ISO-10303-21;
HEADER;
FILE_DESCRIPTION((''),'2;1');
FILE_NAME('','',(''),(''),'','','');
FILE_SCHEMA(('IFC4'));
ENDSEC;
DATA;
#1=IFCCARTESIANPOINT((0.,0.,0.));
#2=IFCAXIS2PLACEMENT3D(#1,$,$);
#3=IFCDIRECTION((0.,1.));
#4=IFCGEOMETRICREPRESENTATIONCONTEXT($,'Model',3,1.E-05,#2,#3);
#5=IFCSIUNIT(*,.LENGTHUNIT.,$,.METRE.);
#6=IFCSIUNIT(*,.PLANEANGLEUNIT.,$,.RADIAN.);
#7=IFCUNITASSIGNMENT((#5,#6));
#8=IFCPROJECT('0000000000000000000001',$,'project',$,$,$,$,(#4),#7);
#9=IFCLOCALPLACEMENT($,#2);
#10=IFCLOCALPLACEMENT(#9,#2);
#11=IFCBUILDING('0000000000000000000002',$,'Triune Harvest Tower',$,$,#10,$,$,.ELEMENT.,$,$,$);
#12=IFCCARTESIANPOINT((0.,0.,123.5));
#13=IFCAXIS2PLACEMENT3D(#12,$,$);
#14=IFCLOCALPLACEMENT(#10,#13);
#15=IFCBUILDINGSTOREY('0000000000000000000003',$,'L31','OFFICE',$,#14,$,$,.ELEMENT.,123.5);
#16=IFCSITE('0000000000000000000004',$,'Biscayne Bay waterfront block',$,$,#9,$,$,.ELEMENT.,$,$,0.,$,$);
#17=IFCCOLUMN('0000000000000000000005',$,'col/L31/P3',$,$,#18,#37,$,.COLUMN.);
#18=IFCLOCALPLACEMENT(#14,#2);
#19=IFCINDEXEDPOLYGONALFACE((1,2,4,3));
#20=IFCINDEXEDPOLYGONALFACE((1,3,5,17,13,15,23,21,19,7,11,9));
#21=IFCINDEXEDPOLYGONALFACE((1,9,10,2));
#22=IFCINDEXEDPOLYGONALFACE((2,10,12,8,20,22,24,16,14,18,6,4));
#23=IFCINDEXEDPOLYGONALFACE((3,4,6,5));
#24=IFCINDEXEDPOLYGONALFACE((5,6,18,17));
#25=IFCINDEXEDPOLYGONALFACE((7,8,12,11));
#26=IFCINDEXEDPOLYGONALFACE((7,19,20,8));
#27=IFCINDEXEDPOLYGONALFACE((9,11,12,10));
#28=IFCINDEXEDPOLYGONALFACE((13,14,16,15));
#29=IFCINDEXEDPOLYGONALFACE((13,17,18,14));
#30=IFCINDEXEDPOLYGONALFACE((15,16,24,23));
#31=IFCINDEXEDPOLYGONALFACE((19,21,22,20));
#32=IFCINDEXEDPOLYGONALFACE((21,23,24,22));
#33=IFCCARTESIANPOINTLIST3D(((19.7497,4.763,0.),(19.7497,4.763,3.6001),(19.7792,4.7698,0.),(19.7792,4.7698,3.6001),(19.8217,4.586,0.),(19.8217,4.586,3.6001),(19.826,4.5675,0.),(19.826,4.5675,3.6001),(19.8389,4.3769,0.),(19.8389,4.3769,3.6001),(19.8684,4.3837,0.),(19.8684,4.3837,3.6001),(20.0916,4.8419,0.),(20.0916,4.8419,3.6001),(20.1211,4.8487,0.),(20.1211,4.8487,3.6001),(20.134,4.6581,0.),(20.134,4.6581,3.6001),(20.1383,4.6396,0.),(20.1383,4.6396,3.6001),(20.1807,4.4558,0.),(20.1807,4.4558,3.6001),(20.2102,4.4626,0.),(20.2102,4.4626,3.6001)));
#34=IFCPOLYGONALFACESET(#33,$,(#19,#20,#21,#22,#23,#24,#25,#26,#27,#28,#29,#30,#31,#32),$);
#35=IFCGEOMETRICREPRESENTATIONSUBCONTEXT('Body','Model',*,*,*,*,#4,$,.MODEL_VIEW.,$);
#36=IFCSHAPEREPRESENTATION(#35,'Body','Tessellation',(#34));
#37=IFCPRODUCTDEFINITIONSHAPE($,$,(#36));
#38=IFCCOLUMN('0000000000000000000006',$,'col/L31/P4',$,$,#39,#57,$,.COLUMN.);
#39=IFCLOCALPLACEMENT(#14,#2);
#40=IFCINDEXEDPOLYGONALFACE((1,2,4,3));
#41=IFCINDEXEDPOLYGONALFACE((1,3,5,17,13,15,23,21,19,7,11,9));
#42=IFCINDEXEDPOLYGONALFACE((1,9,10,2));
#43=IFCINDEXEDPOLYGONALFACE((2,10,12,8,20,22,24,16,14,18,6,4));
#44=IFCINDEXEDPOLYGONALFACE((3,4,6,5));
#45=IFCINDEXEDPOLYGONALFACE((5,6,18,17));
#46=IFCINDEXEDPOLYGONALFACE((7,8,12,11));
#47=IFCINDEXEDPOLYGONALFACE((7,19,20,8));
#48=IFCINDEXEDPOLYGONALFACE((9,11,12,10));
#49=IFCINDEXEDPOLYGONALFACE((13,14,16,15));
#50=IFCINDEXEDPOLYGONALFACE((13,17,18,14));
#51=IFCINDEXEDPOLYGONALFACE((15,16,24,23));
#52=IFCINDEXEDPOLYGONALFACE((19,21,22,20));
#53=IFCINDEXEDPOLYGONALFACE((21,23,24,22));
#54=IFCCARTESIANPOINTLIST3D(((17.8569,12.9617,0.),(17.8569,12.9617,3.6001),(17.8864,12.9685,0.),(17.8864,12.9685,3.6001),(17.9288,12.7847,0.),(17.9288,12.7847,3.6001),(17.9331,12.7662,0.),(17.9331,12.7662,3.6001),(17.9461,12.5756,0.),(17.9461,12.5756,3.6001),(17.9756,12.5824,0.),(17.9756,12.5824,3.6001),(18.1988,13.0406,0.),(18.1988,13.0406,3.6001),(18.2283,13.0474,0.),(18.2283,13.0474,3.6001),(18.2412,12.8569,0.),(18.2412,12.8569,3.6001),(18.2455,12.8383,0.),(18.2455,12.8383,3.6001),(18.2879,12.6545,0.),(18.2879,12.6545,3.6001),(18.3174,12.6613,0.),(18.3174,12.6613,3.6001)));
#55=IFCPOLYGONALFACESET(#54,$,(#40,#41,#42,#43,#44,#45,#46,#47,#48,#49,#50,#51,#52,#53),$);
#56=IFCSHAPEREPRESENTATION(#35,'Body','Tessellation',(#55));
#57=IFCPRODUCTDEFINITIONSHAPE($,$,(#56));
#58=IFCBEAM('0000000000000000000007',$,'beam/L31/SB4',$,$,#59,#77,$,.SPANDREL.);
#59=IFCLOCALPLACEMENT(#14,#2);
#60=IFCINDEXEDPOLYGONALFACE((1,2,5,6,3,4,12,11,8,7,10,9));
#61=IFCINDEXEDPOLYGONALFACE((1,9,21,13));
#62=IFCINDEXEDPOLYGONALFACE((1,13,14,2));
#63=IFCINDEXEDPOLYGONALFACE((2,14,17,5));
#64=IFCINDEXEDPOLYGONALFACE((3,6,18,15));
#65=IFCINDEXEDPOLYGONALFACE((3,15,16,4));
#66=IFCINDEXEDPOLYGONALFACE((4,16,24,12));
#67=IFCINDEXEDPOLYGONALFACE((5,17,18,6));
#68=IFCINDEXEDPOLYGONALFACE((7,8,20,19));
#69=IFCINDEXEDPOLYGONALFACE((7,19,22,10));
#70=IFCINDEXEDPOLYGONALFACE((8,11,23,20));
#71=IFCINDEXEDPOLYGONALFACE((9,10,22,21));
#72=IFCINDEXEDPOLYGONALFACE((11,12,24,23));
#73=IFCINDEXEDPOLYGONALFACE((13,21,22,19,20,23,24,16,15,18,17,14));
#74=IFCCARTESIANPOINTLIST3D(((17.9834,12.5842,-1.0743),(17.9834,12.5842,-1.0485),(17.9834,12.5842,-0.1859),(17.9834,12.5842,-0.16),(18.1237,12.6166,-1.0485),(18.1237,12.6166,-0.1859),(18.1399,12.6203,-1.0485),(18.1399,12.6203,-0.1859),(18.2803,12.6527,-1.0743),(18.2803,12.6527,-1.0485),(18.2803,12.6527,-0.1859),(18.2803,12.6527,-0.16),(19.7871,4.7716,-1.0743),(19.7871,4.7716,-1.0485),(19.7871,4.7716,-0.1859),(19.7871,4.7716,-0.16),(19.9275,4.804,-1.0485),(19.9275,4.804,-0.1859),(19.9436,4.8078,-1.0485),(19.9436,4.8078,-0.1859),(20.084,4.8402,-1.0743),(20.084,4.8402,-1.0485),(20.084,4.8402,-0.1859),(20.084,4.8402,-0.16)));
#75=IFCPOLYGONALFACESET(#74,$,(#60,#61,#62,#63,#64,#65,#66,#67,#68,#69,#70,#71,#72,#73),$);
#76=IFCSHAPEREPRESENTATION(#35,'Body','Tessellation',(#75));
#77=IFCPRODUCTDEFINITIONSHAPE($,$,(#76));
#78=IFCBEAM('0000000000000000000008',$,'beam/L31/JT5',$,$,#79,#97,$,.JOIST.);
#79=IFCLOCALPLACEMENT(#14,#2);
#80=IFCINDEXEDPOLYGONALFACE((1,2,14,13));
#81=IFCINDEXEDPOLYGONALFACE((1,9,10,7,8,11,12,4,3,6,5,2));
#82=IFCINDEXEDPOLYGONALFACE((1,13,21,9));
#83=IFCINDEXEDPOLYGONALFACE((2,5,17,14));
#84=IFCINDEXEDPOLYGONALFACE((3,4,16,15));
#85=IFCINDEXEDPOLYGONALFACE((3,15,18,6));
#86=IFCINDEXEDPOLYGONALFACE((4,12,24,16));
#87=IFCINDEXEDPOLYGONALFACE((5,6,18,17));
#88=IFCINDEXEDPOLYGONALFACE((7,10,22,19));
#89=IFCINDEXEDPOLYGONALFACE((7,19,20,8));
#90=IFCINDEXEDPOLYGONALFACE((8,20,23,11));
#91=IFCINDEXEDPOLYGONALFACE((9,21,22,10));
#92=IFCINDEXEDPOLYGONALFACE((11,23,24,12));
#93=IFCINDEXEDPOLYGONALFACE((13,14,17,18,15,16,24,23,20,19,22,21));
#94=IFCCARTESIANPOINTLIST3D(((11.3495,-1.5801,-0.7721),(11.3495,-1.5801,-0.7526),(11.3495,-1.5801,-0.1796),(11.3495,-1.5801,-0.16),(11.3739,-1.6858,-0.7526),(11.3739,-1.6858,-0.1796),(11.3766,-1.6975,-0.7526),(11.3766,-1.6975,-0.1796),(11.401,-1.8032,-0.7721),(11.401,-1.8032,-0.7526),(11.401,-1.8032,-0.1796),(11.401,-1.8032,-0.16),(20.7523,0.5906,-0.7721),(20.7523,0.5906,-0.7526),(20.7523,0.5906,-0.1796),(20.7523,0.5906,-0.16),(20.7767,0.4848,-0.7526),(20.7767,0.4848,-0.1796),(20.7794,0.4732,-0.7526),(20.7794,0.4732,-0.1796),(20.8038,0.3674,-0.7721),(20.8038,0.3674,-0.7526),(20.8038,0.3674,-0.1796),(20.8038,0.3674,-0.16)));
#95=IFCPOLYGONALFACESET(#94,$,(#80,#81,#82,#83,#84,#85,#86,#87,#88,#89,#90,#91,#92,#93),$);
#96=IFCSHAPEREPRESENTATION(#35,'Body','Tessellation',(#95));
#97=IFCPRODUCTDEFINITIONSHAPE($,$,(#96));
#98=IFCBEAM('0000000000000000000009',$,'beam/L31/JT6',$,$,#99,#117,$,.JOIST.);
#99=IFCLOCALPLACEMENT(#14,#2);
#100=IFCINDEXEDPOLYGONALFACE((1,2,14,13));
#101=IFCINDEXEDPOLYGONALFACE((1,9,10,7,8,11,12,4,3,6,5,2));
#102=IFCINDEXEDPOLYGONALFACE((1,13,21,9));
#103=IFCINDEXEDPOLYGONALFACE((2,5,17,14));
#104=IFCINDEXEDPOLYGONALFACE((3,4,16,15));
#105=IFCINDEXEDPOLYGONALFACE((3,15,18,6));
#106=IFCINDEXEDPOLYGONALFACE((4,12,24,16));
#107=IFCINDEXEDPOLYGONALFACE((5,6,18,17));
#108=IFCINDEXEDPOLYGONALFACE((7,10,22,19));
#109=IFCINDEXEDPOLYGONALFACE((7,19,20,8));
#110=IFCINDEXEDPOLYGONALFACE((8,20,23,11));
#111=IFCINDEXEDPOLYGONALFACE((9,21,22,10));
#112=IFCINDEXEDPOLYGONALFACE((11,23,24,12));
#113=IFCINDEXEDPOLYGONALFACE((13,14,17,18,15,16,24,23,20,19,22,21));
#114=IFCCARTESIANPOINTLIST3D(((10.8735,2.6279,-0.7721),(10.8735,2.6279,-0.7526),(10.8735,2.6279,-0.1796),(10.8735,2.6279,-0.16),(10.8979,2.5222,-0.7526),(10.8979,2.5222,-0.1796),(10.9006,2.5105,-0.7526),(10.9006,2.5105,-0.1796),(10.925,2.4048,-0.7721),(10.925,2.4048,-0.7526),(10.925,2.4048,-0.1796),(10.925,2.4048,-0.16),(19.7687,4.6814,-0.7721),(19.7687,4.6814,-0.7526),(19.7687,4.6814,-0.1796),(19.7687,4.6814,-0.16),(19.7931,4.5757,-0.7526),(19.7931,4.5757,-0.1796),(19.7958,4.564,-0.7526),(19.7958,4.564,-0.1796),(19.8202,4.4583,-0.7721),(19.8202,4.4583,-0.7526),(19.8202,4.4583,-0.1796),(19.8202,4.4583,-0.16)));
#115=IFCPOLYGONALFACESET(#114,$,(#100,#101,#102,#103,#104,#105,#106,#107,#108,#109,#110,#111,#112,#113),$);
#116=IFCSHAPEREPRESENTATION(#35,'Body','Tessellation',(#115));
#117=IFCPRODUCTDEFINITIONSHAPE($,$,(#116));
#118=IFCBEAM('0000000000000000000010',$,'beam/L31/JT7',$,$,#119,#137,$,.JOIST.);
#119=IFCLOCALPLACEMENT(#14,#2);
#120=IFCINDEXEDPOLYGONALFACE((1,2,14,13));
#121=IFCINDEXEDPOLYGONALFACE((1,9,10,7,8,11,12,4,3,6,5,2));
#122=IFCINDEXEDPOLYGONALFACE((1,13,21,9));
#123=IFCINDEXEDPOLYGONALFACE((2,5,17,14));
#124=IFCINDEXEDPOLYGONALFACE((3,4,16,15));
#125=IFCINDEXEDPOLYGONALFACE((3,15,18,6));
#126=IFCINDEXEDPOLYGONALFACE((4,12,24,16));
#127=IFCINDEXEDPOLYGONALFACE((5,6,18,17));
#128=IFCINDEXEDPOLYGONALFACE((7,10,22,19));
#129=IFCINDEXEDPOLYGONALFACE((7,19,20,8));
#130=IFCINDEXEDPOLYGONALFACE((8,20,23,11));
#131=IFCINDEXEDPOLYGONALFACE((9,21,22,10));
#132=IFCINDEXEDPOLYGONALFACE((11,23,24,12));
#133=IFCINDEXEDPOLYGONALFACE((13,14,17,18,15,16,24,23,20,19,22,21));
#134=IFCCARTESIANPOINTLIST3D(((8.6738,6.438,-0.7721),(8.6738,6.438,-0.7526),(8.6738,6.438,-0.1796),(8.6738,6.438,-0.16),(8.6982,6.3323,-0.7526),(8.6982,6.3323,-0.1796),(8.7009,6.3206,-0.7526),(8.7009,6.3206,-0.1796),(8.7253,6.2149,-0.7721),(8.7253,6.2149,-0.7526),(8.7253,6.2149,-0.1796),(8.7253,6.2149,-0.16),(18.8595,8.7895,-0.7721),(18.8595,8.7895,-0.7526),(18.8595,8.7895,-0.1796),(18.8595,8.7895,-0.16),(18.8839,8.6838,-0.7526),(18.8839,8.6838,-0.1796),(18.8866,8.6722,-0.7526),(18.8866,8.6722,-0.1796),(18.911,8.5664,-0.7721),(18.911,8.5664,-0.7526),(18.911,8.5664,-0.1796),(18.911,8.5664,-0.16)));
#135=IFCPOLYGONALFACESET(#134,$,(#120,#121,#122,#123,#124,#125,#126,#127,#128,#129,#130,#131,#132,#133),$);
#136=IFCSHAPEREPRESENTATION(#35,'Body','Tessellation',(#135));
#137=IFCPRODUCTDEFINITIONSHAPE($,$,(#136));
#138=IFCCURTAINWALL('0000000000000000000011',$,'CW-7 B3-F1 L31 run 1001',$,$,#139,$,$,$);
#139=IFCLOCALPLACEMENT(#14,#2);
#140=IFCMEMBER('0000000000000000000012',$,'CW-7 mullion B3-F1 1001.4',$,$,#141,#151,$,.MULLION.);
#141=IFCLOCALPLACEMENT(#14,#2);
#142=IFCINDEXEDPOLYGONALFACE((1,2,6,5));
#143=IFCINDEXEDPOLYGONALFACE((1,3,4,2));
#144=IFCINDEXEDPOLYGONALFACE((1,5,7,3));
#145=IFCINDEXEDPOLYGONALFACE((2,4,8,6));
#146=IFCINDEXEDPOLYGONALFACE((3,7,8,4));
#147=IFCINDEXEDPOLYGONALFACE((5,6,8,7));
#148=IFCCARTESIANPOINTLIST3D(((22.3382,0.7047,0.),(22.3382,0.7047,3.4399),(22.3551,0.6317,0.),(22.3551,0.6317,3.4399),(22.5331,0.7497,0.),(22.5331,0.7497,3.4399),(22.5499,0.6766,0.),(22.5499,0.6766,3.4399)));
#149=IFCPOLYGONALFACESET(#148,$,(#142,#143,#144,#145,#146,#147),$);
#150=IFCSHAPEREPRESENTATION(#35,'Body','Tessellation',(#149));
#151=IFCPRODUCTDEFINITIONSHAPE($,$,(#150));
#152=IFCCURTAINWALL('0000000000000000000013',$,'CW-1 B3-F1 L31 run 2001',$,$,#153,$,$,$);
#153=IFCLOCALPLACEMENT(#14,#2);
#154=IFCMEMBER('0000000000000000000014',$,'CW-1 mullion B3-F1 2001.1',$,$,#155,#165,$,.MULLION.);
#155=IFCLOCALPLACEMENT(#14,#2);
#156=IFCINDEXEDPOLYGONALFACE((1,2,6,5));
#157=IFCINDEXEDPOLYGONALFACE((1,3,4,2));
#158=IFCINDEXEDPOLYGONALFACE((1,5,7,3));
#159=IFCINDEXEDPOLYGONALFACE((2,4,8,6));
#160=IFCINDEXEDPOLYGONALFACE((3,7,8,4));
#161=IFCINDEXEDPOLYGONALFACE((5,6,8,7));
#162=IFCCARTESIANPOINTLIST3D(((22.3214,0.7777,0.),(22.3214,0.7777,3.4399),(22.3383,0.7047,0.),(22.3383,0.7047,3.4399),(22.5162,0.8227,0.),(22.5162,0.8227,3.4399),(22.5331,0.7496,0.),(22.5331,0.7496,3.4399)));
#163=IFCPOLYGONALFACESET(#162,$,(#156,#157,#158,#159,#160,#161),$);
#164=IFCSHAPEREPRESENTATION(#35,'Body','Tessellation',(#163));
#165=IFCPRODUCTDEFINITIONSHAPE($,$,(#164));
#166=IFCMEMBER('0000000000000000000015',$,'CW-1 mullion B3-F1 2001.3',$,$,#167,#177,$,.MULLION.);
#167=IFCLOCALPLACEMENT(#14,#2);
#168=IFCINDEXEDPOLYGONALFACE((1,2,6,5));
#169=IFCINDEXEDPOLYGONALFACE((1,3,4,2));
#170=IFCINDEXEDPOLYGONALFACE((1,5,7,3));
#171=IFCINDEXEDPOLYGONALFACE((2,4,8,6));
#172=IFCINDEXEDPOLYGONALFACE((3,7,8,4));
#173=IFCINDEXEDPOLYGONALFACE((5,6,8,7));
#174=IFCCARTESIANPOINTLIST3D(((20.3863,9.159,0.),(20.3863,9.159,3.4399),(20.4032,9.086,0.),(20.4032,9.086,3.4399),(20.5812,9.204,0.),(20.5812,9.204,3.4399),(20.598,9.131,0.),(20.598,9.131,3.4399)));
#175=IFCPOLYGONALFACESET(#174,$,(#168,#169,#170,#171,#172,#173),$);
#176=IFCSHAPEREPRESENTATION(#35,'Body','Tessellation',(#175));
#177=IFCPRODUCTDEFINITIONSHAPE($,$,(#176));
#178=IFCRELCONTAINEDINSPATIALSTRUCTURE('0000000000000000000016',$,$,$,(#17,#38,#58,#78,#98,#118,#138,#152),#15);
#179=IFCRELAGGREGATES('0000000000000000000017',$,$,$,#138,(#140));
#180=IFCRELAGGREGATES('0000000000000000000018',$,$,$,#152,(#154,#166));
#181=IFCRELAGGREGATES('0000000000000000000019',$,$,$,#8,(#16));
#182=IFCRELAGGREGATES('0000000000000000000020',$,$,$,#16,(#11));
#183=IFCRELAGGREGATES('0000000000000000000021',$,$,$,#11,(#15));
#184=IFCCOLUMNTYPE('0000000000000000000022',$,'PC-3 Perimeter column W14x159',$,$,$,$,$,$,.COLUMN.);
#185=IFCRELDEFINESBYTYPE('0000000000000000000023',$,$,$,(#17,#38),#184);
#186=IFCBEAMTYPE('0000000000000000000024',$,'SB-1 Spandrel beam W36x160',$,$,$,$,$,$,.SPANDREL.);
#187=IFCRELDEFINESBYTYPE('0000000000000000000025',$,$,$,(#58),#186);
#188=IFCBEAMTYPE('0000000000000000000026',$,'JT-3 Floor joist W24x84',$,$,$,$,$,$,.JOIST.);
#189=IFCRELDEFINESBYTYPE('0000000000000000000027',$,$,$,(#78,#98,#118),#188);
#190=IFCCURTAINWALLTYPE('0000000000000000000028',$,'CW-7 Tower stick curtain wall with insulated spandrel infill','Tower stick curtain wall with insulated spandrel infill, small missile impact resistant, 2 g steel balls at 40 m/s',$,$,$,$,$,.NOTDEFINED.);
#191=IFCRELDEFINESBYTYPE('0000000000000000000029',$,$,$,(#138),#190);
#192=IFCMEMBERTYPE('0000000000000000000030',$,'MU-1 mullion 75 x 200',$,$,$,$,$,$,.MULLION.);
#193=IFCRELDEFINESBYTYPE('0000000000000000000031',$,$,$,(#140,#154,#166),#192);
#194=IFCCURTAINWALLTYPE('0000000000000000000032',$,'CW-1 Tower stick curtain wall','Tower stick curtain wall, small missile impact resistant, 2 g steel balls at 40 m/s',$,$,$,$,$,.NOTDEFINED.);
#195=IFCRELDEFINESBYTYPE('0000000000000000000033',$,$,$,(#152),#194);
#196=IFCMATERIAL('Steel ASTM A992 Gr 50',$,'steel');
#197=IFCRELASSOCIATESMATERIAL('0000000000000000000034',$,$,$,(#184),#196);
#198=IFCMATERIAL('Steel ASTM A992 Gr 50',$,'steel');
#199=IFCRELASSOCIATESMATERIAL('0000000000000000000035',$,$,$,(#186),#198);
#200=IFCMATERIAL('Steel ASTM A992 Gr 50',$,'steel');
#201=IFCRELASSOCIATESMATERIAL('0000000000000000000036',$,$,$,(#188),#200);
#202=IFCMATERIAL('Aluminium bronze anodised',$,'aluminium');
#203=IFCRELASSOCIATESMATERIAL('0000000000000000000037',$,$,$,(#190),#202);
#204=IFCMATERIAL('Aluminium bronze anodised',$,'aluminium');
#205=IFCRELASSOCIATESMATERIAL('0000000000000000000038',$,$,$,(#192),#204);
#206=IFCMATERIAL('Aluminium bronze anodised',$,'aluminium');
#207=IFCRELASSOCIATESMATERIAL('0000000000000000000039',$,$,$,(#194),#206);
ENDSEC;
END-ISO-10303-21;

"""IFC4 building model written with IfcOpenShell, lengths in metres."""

from ifc_helpers import new_model, si_unit, direction, frame, origin, origin_2d, place, context, subcontext, project, spatial, rectangle, i_section, extrude, source, transform, mapped, material, material_profile, profile_set, type_object, element, aggregate, save


model = new_model("IFC4")

# Units and contexts
model_context = context("Model", 3, precision=1e-05, world=origin(), true_north=direction((0.0, 1.0)))
body_context = subcontext(model_context, "Body", "Model", "MODEL_VIEW")
ifc_project = project(units=[si_unit("LENGTHUNIT", "METRE"), si_unit("PLANEANGLEUNIT", "RADIAN")], contexts=[model_context])

# Site, building, storey
site_placement = place(None, origin())
site = spatial("IfcSite", under=ifc_project, at=site_placement, Name="Biscayne Bay waterfront block", CompositionType="ELEMENT", RefElevation=0.0)
building_placement = place(site_placement, origin())
building = spatial("IfcBuilding", under=site, at=building_placement, Name="Triune Harvest Tower", CompositionType="ELEMENT")
storey_placement = place(building_placement, frame((0.0, 0.0, 123.5)))
storey = spatial("IfcBuildingStorey", under=building, at=storey_placement, Name="L31", Description="OFFICE", CompositionType="ELEMENT", Elevation=123.5)

# Columns
ifc_material_1 = material(Name="Steel ASTM A992 Gr 50", Category="steel")
ifc_material_profile_1 = material_profile(ifc_material_1, i_section(OverallWidth=0.3962, OverallDepth=0.3811, WebThickness=0.019, FlangeThickness=0.0303, at=origin_2d()), Name="W14x159")
ifc_profile_set_1 = profile_set([ifc_material_profile_1], Name="Steel ASTM A992 Gr 50")
column_type = type_object("IfcColumnType", Name="PC-3 Perimeter column W14x159", PredefinedType="COLUMN", material=ifc_profile_set_1)
shared_shape_1 = source(origin(), body_context, "Body", "SweptSolid", [
    extrude(i_section(OverallWidth=0.3962, OverallDepth=0.3811, WebThickness=0.019, FlangeThickness=0.0303, at=origin_2d()), origin(), (0.0, 0.0, 1.0), 3.6001),
])
for number, where, z_axis, x_axis, name in (
    (1, (19.98, 4.6128, 0.0), (0.0, 0.0, 1.0), (-0.224953, 0.97437, 0.0), "col/L31/P3"),
    (2, (18.0872, 12.8115, 0.0), (0.0, 0.0, 1.0), (-0.224953, 0.97437, 0.0), "col/L31/P4"),
):
    element("IfcColumn", number, at=place(storey_placement, frame(where, z_axis=z_axis, x_axis=x_axis)), inside=storey, type_object=column_type, Name=name, PredefinedType="COLUMN", context=body_context, shape_type="MappedRepresentation", body=[
        mapped(shared_shape_1, transform((0.0, 0.0, 0.0), scale=1.0)),
    ])

# Beams
ifc_material_2 = material(Name="Steel ASTM A992 Gr 50", Category="steel")
ifc_material_profile_2 = material_profile(ifc_material_2, i_section(OverallWidth=0.3047, OverallDepth=0.9143, WebThickness=0.0166, FlangeThickness=0.0259, at=origin_2d()), Name="W36x160")
ifc_profile_set_2 = profile_set([ifc_material_profile_2], Name="Steel ASTM A992 Gr 50")
beam_type_1 = type_object("IfcBeamType", Name="SB-1 Spandrel beam W36x160", PredefinedType="SPANDREL", material=ifc_profile_set_2)
shared_shape_2 = source(origin(), body_context, "Body", "SweptSolid", [
    extrude(i_section(OverallWidth=0.3047, OverallDepth=0.9143, WebThickness=0.0166, FlangeThickness=0.0259, at=origin_2d()), origin(), (0.0, 0.0, 1.0), 8.0181),
])
beam_1_placement = place(storey_placement, frame((19.9355, 4.8059, -0.6172), z_axis=(-0.224957, 0.974369, 0.0), x_axis=(-0.974369, -0.224957, 0.0)))
element("IfcBeam", 3, at=beam_1_placement, inside=storey, type_object=beam_type_1, Name="beam/L31/SB4", PredefinedType="SPANDREL", context=body_context, shape_type="MappedRepresentation", body=[
    mapped(shared_shape_2, transform((0.0, 0.0, 0.0), scale=1.0)),
])
ifc_material_3 = material(Name="Steel ASTM A992 Gr 50", Category="steel")
ifc_material_profile_3 = material_profile(ifc_material_3, i_section(OverallWidth=0.229, OverallDepth=0.6121, WebThickness=0.012, FlangeThickness=0.0195, at=origin_2d()), Name="W24x84")
ifc_profile_set_3 = profile_set([ifc_material_profile_3], Name="Steel ASTM A992 Gr 50")
beam_type_2 = type_object("IfcBeamType", Name="JT-3 Floor joist W24x84", PredefinedType="JOIST", material=ifc_profile_set_3)
shared_shape_3 = source(origin(), body_context, "Body", "SweptSolid", [
    extrude(i_section(OverallWidth=0.229, OverallDepth=0.6121, WebThickness=0.012, FlangeThickness=0.0195, at=origin_2d()), origin(), (0.0, 0.0, 1.0), 9.6501),
])
beam_2_placement = place(storey_placement, frame((20.7781, 0.479, -0.4661), z_axis=(-0.974374, -0.224935, 0.0), x_axis=(0.224935, -0.974374, 0.0)))
element("IfcBeam", 4, at=beam_2_placement, inside=storey, type_object=beam_type_2, Name="beam/L31/JT5", PredefinedType="JOIST", context=body_context, shape_type="MappedRepresentation", body=[
    mapped(shared_shape_3, transform((0.0, 0.0, 0.0), scale=1.0)),
])
shared_shape_4 = source(origin(), body_context, "Body", "SweptSolid", [
    extrude(i_section(OverallWidth=0.229, OverallDepth=0.6121, WebThickness=0.012, FlangeThickness=0.0195, at=origin_2d()), origin(), (0.0, 0.0, 1.0), 9.1292),
])
beam_3_placement = place(storey_placement, frame((19.7944, 4.5698, -0.4661), z_axis=(-0.974374, -0.224934, 0.0), x_axis=(0.224934, -0.974374, 0.0)))
element("IfcBeam", 5, at=beam_3_placement, inside=storey, type_object=beam_type_2, Name="beam/L31/JT6", PredefinedType="JOIST", context=body_context, shape_type="MappedRepresentation", body=[
    mapped(shared_shape_4, transform((0.0, 0.0, 0.0), scale=1.0)),
])
shared_shape_5 = source(origin(), body_context, "Body", "SweptSolid", [
    extrude(i_section(OverallWidth=0.229, OverallDepth=0.6121, WebThickness=0.012, FlangeThickness=0.0195, at=origin_2d()), origin(), (0.0, 0.0, 1.0), 10.4536),
])
beam_4_placement = place(storey_placement, frame((18.8853, 8.678, -0.4661), z_axis=(-0.97437, -0.22495, 0.0), x_axis=(0.22495, -0.97437, 0.0)))
element("IfcBeam", 6, at=beam_4_placement, inside=storey, type_object=beam_type_2, Name="beam/L31/JT7", PredefinedType="JOIST", context=body_context, shape_type="MappedRepresentation", body=[
    mapped(shared_shape_5, transform((0.0, 0.0, 0.0), scale=1.0)),
])

# Curtain wall, member
ifc_material_4 = material(Name="Aluminium bronze anodised", Category="aluminium")
curtain_wall_type_1 = type_object("IfcCurtainWallType", Name="CW-7 Tower stick curtain wall with insulated spandrel infill", Description="Tower stick curtain wall with insulated spandrel infill, small missile impact resistant, 2 g steel balls at 40 m/s", PredefinedType="NOTDEFINED", material=ifc_material_4)
curtain_wall_1_placement = place(storey_placement, origin())
curtain_wall_1 = element("IfcCurtainWall", 7, at=curtain_wall_1_placement, inside=storey, type_object=curtain_wall_type_1, Name="CW-7 B3-F1 L31 run 1001")
ifc_material_5 = material(Name="Aluminium bronze anodised", Category="aluminium")
ifc_material_profile_4 = material_profile(ifc_material_5, rectangle(XDim=0.2, YDim=0.075, at=origin_2d()), Name="MU-1 mullion 75 x 200")
ifc_profile_set_4 = profile_set([ifc_material_profile_4], Name="Aluminium bronze anodised")
member_type_1 = type_object("IfcMemberType", Name="MU-1 mullion 75 x 200", PredefinedType="MULLION", material=ifc_profile_set_4)
shared_shape_6 = source(origin(), body_context, "Body", "SweptSolid", [
    extrude(rectangle(XDim=0.2, YDim=0.075, at=origin_2d()), origin(), (0.0, 0.0, 1.0), 3.4399),
])
member_1_placement = place(storey_placement, frame((22.4441, 0.6907, 0.0), z_axis=(0.0, 0.0, 1.0), x_axis=(-0.974371, -0.224947, 0.0)))
member_1 = element("IfcMember", 8, at=member_1_placement, type_object=member_type_1, Name="CW-7 mullion B3-F1 1001.4", PredefinedType="MULLION", context=body_context, shape_type="MappedRepresentation", body=[
    mapped(shared_shape_6, transform((0.0, 0.0, 0.0), scale=1.0)),
])
aggregate(curtain_wall_1, [member_1])

# Curtain wall, members
ifc_material_6 = material(Name="Aluminium bronze anodised", Category="aluminium")
curtain_wall_type_2 = type_object("IfcCurtainWallType", Name="CW-1 Tower stick curtain wall", Description="Tower stick curtain wall, small missile impact resistant, 2 g steel balls at 40 m/s", PredefinedType="NOTDEFINED", material=ifc_material_6)
curtain_wall_2_placement = place(storey_placement, origin())
curtain_wall_2 = element("IfcCurtainWall", 9, at=curtain_wall_2_placement, inside=storey, type_object=curtain_wall_type_2, Name="CW-1 B3-F1 L31 run 2001")
member_2_placement = place(storey_placement, frame((22.4272, 0.7637, 0.0), z_axis=(0.0, 0.0, 1.0), x_axis=(-0.974368, -0.224959, 0.0)))
member_2 = element("IfcMember", 10, at=member_2_placement, type_object=member_type_1, Name="CW-1 mullion B3-F1 2001.1", PredefinedType="MULLION", context=body_context, shape_type="MappedRepresentation", body=[
    mapped(shared_shape_6, transform((0.0, 0.0, 0.0), scale=1.0)),
])
member_3_placement = place(storey_placement, frame((20.4922, 9.145, 0.0), z_axis=(0.0, 0.0, 1.0), x_axis=(-0.974368, -0.224959, 0.0)))
member_3 = element("IfcMember", 11, at=member_3_placement, type_object=member_type_1, Name="CW-1 mullion B3-F1 2001.3", PredefinedType="MULLION", context=body_context, shape_type="MappedRepresentation", body=[
    mapped(shared_shape_6, transform((0.0, 0.0, 0.0), scale=1.0)),
])

aggregate(curtain_wall_2, [member_2, member_3])

save(model, "model.ifc")
